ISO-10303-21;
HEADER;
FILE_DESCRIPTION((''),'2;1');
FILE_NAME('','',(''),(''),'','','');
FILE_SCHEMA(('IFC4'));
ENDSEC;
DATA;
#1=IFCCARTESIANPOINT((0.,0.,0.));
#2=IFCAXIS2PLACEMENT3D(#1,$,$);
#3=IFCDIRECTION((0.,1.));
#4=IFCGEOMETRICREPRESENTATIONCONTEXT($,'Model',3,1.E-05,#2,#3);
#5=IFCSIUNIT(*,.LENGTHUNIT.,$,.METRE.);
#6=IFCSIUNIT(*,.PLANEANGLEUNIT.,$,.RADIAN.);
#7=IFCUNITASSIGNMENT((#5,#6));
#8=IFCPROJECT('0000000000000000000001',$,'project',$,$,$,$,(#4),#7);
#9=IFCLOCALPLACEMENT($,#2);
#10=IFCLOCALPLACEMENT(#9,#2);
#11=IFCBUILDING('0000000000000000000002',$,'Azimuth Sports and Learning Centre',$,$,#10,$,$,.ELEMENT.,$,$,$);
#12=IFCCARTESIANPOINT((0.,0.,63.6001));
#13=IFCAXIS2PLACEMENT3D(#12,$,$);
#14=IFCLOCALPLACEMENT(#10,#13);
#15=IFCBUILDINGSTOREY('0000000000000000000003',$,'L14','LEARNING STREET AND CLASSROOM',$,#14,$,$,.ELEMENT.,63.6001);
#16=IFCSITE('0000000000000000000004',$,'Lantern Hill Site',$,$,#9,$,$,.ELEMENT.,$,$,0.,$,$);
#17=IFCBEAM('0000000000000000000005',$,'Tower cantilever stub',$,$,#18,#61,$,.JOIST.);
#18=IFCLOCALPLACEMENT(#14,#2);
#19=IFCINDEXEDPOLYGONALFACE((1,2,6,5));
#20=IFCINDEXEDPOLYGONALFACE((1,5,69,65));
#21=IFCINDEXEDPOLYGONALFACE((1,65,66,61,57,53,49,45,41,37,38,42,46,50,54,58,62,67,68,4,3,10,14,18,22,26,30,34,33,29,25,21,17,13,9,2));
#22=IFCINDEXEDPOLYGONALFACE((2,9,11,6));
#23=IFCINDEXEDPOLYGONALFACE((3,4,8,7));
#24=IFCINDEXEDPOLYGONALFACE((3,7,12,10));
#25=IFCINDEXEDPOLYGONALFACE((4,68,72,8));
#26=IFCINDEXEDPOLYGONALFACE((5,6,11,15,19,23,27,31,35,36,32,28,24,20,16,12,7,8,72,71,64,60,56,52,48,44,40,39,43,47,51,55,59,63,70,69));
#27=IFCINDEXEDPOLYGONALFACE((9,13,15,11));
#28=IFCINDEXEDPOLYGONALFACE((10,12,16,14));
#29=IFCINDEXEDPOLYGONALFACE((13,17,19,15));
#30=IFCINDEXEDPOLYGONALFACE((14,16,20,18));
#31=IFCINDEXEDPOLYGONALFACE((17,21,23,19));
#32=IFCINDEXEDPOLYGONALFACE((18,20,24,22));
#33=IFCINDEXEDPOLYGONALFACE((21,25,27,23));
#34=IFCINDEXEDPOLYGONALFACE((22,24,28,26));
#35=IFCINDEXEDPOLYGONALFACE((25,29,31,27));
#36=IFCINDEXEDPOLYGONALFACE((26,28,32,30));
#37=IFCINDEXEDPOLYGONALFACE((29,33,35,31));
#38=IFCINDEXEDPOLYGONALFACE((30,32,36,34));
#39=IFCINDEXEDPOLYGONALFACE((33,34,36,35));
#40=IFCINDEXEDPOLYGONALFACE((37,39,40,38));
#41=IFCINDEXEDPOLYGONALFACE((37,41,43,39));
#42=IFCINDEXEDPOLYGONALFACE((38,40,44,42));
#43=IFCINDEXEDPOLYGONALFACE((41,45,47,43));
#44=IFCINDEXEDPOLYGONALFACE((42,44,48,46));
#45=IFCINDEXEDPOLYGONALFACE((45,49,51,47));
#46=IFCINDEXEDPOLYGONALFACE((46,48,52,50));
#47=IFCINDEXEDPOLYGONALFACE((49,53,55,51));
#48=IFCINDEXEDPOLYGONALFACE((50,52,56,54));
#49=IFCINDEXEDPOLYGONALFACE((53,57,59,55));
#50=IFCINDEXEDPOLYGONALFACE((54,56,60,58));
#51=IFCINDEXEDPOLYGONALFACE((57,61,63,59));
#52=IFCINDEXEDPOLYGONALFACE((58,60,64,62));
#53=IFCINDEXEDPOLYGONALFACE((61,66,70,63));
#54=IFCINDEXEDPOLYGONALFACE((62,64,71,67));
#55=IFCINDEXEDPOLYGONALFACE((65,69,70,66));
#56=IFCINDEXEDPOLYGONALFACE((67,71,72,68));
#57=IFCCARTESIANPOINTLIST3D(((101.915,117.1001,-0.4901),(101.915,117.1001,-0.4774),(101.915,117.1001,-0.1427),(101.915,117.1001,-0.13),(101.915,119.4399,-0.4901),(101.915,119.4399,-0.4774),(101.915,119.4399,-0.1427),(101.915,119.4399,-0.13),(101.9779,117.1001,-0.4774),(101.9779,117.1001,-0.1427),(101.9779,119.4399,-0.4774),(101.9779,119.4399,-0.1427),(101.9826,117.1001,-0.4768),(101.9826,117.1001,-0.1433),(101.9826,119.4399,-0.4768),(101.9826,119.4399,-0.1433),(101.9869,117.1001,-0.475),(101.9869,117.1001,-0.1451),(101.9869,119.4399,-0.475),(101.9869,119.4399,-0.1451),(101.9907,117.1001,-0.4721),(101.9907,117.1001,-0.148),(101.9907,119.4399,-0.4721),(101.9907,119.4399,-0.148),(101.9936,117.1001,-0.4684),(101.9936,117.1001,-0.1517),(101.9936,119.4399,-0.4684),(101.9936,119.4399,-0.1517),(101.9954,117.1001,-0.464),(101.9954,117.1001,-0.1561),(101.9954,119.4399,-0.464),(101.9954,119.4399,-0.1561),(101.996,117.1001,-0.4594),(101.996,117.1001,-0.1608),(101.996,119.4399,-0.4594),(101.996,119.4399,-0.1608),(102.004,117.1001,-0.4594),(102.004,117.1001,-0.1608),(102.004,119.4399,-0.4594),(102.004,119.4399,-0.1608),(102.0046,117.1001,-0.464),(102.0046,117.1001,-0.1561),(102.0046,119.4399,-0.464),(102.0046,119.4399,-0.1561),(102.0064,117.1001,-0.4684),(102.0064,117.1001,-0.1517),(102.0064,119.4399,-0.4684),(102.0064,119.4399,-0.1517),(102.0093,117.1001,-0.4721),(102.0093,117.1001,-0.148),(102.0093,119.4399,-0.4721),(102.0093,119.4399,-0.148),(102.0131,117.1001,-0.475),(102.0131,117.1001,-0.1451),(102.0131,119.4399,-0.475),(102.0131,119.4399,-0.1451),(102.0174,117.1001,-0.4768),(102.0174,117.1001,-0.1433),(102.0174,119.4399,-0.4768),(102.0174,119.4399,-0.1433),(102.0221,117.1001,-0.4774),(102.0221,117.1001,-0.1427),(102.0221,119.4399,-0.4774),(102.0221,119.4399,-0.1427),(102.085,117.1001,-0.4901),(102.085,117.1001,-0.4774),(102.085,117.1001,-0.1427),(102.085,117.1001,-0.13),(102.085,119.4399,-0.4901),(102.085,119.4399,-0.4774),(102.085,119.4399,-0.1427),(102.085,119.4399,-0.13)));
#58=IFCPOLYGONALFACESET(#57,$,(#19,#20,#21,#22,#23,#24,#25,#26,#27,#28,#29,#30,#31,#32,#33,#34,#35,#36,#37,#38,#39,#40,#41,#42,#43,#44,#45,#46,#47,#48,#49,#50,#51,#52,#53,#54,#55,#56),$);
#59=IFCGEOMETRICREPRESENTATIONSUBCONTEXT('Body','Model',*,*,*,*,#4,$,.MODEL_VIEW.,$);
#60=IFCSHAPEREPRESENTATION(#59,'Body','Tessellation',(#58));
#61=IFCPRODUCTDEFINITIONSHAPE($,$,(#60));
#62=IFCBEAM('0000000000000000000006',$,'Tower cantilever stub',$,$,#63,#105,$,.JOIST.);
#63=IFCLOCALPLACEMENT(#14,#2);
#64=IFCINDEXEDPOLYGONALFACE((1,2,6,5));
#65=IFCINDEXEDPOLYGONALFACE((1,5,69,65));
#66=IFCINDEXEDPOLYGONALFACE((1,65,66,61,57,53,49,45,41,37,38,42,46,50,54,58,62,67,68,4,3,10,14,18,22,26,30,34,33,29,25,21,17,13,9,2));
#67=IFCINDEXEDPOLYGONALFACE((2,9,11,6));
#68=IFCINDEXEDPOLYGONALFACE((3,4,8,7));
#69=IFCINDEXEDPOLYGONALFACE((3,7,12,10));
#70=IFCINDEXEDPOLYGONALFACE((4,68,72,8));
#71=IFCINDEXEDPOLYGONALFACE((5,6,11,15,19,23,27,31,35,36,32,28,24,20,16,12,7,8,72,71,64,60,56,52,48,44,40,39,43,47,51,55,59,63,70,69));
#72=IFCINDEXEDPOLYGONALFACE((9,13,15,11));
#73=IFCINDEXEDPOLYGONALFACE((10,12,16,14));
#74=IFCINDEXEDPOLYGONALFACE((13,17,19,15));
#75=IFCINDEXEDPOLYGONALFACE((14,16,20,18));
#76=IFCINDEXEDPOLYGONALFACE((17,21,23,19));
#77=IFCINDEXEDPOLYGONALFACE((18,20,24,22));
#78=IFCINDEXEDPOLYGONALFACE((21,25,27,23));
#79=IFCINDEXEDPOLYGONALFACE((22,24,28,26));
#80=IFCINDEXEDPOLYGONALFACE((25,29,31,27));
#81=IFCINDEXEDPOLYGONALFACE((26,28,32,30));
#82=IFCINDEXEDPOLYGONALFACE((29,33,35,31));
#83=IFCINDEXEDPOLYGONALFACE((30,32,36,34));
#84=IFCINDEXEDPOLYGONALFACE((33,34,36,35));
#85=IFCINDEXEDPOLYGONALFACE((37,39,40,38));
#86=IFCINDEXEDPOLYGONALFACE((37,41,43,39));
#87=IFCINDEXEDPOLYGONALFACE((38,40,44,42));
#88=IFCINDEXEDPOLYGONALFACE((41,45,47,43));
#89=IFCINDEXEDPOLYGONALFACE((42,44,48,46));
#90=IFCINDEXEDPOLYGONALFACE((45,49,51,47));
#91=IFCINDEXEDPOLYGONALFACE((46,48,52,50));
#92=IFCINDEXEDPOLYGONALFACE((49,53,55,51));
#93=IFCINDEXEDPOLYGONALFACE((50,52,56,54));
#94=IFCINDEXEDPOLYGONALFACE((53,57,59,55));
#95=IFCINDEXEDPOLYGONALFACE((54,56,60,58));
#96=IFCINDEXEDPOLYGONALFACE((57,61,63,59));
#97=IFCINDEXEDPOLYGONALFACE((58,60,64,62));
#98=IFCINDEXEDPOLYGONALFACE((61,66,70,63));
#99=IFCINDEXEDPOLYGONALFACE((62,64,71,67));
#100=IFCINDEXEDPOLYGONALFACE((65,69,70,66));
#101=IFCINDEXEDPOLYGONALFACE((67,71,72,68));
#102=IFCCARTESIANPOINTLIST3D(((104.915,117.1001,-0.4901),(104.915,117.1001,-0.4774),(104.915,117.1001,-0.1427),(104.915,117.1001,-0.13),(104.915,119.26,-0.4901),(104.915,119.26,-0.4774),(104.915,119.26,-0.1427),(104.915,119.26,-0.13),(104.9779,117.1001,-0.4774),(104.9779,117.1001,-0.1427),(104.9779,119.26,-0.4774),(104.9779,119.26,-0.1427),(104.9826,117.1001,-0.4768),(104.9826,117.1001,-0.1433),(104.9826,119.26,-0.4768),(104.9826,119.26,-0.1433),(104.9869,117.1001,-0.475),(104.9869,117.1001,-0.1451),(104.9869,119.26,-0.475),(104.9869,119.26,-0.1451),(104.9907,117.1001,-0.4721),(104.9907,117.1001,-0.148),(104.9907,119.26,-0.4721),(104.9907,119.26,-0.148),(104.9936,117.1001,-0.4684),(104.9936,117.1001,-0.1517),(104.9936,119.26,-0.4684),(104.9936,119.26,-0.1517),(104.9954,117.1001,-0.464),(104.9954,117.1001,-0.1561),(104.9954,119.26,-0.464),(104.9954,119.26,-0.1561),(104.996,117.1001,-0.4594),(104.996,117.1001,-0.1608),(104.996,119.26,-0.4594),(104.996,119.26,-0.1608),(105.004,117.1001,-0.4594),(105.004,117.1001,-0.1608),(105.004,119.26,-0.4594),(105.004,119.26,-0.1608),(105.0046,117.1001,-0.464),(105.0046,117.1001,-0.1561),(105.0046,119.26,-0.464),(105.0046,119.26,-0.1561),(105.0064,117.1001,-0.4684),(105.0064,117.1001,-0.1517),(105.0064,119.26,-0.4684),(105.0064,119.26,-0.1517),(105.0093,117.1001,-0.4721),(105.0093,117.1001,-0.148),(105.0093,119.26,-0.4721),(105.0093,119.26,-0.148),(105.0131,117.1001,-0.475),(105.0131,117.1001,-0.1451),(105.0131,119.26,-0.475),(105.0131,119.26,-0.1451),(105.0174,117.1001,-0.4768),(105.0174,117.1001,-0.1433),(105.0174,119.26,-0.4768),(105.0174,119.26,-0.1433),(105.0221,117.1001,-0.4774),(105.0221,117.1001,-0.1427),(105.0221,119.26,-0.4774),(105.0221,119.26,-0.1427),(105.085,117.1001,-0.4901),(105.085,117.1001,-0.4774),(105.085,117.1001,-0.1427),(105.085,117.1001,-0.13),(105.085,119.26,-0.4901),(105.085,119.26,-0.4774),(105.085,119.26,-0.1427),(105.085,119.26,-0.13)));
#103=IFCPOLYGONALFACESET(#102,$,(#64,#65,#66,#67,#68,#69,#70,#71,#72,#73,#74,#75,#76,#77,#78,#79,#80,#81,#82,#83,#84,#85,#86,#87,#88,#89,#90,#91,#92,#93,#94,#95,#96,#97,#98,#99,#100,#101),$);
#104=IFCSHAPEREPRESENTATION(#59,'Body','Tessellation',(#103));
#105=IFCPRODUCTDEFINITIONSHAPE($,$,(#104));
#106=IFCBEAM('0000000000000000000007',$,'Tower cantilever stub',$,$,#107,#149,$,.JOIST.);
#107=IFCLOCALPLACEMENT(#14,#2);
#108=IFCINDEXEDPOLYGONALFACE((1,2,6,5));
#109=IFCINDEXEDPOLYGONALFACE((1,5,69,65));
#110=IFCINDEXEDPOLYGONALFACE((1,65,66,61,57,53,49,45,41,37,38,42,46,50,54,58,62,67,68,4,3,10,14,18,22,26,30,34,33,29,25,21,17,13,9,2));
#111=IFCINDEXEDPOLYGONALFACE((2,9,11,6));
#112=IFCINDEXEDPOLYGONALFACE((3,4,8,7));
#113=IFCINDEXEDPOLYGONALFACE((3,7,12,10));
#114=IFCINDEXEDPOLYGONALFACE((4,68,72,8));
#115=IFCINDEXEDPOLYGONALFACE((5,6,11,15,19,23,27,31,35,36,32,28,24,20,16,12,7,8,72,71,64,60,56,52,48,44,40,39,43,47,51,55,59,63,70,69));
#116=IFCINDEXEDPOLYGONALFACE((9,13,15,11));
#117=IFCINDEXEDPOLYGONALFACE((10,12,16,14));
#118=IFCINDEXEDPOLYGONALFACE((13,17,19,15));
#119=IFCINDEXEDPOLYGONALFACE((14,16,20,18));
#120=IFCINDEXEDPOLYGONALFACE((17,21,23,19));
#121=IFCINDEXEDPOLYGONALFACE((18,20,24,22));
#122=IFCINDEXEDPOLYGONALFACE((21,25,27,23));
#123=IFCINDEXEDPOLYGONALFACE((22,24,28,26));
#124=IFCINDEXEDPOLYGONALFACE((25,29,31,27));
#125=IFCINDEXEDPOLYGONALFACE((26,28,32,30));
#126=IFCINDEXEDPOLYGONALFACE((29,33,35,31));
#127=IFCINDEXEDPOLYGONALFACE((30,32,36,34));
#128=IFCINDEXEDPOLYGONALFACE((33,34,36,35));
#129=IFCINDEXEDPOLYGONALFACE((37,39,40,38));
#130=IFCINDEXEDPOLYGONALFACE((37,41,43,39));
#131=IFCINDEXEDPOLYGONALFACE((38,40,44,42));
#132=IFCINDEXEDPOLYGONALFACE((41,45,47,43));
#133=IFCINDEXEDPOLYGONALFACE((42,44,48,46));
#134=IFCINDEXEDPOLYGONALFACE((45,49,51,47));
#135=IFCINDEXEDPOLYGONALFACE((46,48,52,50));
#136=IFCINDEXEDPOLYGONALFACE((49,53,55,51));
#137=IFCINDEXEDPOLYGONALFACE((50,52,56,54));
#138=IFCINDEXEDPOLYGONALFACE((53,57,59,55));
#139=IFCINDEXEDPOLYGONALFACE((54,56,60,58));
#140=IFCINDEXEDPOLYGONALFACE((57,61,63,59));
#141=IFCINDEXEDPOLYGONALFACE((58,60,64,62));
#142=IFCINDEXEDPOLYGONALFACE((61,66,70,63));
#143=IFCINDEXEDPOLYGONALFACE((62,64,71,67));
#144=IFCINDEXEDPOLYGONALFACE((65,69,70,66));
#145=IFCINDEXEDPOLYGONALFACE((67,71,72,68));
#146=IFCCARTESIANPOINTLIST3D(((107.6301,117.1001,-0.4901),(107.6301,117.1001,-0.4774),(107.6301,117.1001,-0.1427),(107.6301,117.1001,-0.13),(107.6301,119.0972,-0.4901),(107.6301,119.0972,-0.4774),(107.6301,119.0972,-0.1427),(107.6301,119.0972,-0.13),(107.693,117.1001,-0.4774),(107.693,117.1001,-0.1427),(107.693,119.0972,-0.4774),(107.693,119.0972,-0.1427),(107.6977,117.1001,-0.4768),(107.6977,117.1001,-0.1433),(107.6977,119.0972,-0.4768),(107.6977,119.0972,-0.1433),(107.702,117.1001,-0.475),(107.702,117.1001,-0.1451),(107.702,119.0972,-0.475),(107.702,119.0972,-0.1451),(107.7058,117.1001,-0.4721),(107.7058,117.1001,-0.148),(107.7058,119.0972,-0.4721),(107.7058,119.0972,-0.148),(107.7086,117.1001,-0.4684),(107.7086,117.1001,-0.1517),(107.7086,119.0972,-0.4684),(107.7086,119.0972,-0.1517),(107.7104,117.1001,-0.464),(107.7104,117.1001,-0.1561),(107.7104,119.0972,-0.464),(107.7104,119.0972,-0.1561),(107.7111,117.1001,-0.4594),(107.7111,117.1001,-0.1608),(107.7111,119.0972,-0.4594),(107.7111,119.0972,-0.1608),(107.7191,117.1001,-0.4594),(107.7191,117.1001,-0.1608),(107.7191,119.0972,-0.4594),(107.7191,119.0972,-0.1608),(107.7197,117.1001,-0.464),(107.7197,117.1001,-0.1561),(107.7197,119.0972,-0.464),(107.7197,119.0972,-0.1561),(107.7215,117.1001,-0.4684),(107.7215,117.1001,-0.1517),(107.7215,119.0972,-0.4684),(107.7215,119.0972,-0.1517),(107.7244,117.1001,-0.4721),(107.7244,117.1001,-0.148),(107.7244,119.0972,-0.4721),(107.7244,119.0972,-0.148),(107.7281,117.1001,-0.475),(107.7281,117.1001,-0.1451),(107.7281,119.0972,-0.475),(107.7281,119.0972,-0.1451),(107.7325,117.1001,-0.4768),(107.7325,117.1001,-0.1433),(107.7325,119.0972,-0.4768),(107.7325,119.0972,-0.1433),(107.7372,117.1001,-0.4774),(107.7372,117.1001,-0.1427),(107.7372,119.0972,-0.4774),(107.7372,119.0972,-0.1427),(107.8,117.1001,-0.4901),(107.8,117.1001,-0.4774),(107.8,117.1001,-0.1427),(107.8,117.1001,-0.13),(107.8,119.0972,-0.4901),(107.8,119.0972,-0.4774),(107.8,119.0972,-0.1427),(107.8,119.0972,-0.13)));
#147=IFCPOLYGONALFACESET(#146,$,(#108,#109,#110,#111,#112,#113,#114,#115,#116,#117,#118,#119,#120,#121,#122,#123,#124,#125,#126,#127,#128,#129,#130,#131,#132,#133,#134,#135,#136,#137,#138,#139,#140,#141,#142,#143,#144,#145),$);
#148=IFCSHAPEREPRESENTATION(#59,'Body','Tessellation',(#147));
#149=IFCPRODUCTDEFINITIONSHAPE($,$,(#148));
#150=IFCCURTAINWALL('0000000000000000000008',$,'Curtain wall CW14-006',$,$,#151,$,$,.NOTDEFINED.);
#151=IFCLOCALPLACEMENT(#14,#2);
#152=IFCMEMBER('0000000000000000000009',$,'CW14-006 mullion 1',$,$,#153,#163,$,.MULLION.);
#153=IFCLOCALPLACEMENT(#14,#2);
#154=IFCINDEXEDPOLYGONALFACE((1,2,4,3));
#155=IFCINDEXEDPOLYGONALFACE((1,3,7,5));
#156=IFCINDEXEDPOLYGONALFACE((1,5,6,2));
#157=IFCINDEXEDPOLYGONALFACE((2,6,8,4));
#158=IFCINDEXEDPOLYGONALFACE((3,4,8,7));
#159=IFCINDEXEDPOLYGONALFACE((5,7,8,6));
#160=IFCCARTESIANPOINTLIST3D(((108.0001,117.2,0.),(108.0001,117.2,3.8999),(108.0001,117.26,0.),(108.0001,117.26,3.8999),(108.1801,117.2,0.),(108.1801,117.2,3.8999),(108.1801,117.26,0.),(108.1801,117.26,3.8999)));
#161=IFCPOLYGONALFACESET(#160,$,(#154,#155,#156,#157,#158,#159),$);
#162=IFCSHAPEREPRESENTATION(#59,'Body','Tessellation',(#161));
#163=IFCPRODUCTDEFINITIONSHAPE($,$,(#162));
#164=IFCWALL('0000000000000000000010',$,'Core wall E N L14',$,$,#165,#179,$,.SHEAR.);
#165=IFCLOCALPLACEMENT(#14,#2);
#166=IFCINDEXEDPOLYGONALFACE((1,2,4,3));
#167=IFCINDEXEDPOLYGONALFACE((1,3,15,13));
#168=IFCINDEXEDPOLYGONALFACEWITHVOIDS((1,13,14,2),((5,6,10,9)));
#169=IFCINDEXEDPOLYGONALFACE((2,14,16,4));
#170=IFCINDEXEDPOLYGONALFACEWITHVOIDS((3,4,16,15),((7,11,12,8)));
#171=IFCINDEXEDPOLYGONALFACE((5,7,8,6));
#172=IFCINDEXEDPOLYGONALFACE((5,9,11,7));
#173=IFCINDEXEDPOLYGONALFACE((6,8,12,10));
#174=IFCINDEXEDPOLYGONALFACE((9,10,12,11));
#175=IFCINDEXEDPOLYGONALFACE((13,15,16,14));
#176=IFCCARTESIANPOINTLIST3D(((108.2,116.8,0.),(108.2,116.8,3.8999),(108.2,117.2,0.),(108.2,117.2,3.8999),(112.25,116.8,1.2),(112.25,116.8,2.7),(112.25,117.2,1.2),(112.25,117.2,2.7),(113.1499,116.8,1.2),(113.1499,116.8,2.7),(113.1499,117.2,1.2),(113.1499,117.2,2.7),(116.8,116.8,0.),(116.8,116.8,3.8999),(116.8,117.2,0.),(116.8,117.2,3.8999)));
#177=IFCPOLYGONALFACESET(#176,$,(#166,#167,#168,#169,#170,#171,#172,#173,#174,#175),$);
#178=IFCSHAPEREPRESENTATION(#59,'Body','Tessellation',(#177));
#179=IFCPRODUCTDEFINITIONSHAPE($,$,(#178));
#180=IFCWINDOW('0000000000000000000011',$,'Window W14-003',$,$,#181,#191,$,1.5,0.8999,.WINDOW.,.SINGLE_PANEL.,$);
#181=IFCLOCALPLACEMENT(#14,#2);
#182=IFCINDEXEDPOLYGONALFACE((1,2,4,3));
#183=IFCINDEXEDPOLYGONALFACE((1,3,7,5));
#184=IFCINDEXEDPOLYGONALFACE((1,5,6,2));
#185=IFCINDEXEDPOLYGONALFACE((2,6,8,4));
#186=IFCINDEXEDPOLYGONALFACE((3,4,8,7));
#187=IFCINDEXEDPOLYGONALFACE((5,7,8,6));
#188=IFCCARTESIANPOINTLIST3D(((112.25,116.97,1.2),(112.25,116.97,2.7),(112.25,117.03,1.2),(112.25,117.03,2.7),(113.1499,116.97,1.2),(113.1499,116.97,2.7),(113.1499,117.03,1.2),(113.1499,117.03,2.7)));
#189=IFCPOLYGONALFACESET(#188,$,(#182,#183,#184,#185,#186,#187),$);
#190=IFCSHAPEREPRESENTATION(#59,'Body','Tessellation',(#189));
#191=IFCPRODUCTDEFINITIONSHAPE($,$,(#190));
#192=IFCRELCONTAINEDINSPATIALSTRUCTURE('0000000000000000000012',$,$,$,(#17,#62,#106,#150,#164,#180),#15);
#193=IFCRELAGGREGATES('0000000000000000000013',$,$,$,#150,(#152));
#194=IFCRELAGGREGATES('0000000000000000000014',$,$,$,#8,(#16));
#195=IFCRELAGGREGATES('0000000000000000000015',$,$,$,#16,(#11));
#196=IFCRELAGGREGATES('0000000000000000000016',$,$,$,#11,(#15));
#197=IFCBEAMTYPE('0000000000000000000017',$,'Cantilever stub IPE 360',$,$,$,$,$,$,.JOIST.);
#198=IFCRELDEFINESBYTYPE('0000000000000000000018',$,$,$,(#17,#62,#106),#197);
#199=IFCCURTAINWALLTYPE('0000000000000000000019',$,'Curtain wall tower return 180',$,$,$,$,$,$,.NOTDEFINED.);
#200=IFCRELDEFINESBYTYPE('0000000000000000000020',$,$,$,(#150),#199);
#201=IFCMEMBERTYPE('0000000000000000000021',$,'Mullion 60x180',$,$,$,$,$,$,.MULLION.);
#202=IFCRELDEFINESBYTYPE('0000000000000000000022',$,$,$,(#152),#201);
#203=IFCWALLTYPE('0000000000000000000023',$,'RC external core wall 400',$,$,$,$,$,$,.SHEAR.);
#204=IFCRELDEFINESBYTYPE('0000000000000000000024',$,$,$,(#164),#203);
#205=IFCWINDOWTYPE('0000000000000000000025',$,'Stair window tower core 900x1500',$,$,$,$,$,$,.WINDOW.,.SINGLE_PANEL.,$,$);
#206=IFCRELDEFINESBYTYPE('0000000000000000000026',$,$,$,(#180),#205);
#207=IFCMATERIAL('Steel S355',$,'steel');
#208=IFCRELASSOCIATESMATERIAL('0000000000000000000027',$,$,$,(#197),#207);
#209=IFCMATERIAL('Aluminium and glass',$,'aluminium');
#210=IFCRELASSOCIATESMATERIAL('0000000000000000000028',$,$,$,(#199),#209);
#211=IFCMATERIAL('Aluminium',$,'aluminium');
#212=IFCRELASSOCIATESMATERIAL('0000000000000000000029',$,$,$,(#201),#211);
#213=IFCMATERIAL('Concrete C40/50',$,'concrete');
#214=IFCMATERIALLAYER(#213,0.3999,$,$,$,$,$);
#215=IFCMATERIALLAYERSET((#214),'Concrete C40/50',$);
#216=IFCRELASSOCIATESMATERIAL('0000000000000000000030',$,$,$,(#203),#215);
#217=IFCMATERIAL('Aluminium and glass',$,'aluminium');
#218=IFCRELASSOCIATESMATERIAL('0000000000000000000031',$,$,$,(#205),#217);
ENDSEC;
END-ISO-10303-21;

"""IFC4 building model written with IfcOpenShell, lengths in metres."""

from ifc_helpers import new_model, si_unit, direction, frame, frame_2d, origin, origin_2d, place, context, subcontext, project, spatial, rectangle, i_section, extrude, material, layer, layer_set, material_profile, profile_set, type_object, element, fill, aggregate, save


model = new_model("IFC4")

# Units and contexts
model_context = context("Model", 3, precision=1e-05, world=origin(), true_north=direction((0.0, 1.0)))
body_context = subcontext(model_context, "Body", "Model", "MODEL_VIEW")
ifc_project = project(units=[si_unit("LENGTHUNIT", "METRE"), si_unit("PLANEANGLEUNIT", "RADIAN")], contexts=[model_context])

# Site, building, storey
site_placement = place(None, origin())
site = spatial("IfcSite", under=ifc_project, at=site_placement, Name="Lantern Hill Site", CompositionType="ELEMENT", RefElevation=0.0)
building_placement = place(site_placement, origin())
building = spatial("IfcBuilding", under=site, at=building_placement, Name="Azimuth Sports and Learning Centre", CompositionType="ELEMENT")
storey_placement = place(building_placement, frame((0.0, 0.0, 63.6001)))
storey = spatial("IfcBuildingStorey", under=building, at=storey_placement, Name="L14", Description="LEARNING STREET AND CLASSROOM", CompositionType="ELEMENT", Elevation=63.6001)

# Beams
ifc_material_1 = material(Name="Steel S355", Category="steel")
ifc_material_profile_1 = material_profile(ifc_material_1, i_section(OverallWidth=0.1699, OverallDepth=0.3601, WebThickness=0.0081, FlangeThickness=0.0127, FilletRadius=0.0181, at=origin_2d()), Name="IPE 360")
ifc_profile_set_1 = profile_set([ifc_material_profile_1], Name="Steel S355")
beam_type_1 = type_object("IfcBeamType", Name="Cantilever stub IPE 360", PredefinedType="JOIST", material=ifc_profile_set_1)
beam_1_placement = place(storey_placement, frame((102.0, 117.1001, -0.3101), z_axis=(0.0, 1.0, 0.0), x_axis=(-1.0, 0.0, 0.0)))
element("IfcBeam", 1, at=beam_1_placement, inside=storey, type_object=beam_type_1, Name="Tower cantilever stub", PredefinedType="JOIST", context=body_context, shape_type="SweptSolid", body=[
    extrude(i_section(OverallWidth=0.1699, OverallDepth=0.3601, WebThickness=0.0081, FlangeThickness=0.0127, FilletRadius=0.0181, at=origin_2d()), origin(), (0.0, 0.0, 1.0), 2.3398),
])
beam_2_placement = place(storey_placement, frame((105.0, 117.1001, -0.3101), z_axis=(0.0, 1.0, 0.0), x_axis=(-1.0, 0.0, 0.0)))
element("IfcBeam", 2, at=beam_2_placement, inside=storey, type_object=beam_type_1, Name="Tower cantilever stub", PredefinedType="JOIST", context=body_context, shape_type="SweptSolid", body=[
    extrude(i_section(OverallWidth=0.1699, OverallDepth=0.3601, WebThickness=0.0081, FlangeThickness=0.0127, FilletRadius=0.0181, at=origin_2d()), origin(), (0.0, 0.0, 1.0), 2.1599),
])
beam_3_placement = place(storey_placement, frame((107.7151, 117.1001, -0.3101), z_axis=(0.0, 1.0, 0.0), x_axis=(-1.0, 0.0, 0.0)))
element("IfcBeam", 3, at=beam_3_placement, inside=storey, type_object=beam_type_1, Name="Tower cantilever stub", PredefinedType="JOIST", context=body_context, shape_type="SweptSolid", body=[
    extrude(i_section(OverallWidth=0.1699, OverallDepth=0.3601, WebThickness=0.0081, FlangeThickness=0.0127, FilletRadius=0.0181, at=origin_2d()), origin(), (0.0, 0.0, 1.0), 1.9971),
])

# Curtain wall, member
ifc_material_2 = material(Name="Aluminium and glass", Category="aluminium")
curtain_wall_type = type_object("IfcCurtainWallType", Name="Curtain wall tower return 180", PredefinedType="NOTDEFINED", material=ifc_material_2)
curtain_wall_placement = place(storey_placement, origin())
curtain_wall = element("IfcCurtainWall", 4, at=curtain_wall_placement, inside=storey, type_object=curtain_wall_type, Name="Curtain wall CW14-006", PredefinedType="NOTDEFINED")
ifc_material_3 = material(Name="Aluminium", Category="aluminium")
ifc_material_profile_2 = material_profile(ifc_material_3, rectangle(XDim=0.1799, YDim=0.0601, at=origin_2d()), Name="Mullion 60x180")
ifc_profile_set_2 = profile_set([ifc_material_profile_2], Name="Aluminium")
member_type = type_object("IfcMemberType", Name="Mullion 60x180", PredefinedType="MULLION", material=ifc_profile_set_2)
member_placement = place(storey_placement, frame((108.0901, 117.23, 0.0), z_axis=(0.0, 0.0, 1.0), x_axis=(-1.0, 0.0, 0.0)))
member = element("IfcMember", 5, at=member_placement, type_object=member_type, Name="CW14-006 mullion 1", PredefinedType="MULLION", context=body_context, shape_type="SweptSolid", body=[
    extrude(rectangle(XDim=0.1799, YDim=0.0601, at=origin_2d()), origin(), (0.0, 0.0, 1.0), 3.8999),
])
aggregate(curtain_wall, [member])

# Wall, opening, window
ifc_material_4 = material(Name="Concrete C40/50", Category="concrete")
ifc_layer_1 = layer(ifc_material_4, 0.3999)
ifc_layer_set_1 = layer_set([ifc_layer_1], Name="Concrete C40/50")
wall_type = type_object("IfcWallType", Name="RC external core wall 400", PredefinedType="SHEAR", material=ifc_layer_set_1)
wall_placement = place(storey_placement, frame((108.2, 117.0, 0.0), z_axis=(0.0, 0.0, 1.0), x_axis=(1.0, 0.0, 0.0)))
wall = element("IfcWall", 6, at=wall_placement, inside=storey, type_object=wall_type, Name="Core wall E N L14", PredefinedType="SHEAR", context=body_context, shape_type="SweptSolid", body=[
    extrude(rectangle(XDim=8.6001, YDim=0.3999, at=frame_2d((4.3, 0.0))), origin(), (0.0, 0.0, 1.0), 3.8999),
])
opening_placement = place(wall_placement, frame((4.05, 0.0, 1.2)))
opening = element("IfcOpeningElement", 7, at=opening_placement, cuts=wall, PredefinedType="OPENING", context=body_context, shape_type="SweptSolid", body=[
    extrude(rectangle(XDim=0.8999, YDim=1.5, at=frame_2d((0.45, 0.75))), frame((0.0, 0.2109, 0.0), z_axis=(0.0, -1.0, 0.0), x_axis=(1.0, 0.0, 0.0)), (0.0, 0.0, 1.0), 0.4219),
])
ifc_material_5 = material(Name="Aluminium and glass", Category="aluminium")
window_type = type_object("IfcWindowType", Name="Stair window tower core 900x1500", PartitioningType="SINGLE_PANEL", PredefinedType="WINDOW", material=ifc_material_5)
window_placement = place(opening_placement, origin())
window = element("IfcWindow", 8, at=window_placement, inside=storey, type_object=window_type, Name="Window W14-003", OverallHeight=1.5, OverallWidth=0.8999, PartitioningType="SINGLE_PANEL", PredefinedType="WINDOW", context=body_context, shape_type="SweptSolid", body=[
    extrude(rectangle(XDim=0.8999, YDim=1.5, at=frame_2d((0.45, 0.75))), frame((0.0, 0.03, 0.0), z_axis=(0.0, -1.0, 0.0), x_axis=(1.0, 0.0, 0.0)), (0.0, 0.0, 1.0), 0.0601),
])
fill(opening, window)

save(model, "model.ifc")
